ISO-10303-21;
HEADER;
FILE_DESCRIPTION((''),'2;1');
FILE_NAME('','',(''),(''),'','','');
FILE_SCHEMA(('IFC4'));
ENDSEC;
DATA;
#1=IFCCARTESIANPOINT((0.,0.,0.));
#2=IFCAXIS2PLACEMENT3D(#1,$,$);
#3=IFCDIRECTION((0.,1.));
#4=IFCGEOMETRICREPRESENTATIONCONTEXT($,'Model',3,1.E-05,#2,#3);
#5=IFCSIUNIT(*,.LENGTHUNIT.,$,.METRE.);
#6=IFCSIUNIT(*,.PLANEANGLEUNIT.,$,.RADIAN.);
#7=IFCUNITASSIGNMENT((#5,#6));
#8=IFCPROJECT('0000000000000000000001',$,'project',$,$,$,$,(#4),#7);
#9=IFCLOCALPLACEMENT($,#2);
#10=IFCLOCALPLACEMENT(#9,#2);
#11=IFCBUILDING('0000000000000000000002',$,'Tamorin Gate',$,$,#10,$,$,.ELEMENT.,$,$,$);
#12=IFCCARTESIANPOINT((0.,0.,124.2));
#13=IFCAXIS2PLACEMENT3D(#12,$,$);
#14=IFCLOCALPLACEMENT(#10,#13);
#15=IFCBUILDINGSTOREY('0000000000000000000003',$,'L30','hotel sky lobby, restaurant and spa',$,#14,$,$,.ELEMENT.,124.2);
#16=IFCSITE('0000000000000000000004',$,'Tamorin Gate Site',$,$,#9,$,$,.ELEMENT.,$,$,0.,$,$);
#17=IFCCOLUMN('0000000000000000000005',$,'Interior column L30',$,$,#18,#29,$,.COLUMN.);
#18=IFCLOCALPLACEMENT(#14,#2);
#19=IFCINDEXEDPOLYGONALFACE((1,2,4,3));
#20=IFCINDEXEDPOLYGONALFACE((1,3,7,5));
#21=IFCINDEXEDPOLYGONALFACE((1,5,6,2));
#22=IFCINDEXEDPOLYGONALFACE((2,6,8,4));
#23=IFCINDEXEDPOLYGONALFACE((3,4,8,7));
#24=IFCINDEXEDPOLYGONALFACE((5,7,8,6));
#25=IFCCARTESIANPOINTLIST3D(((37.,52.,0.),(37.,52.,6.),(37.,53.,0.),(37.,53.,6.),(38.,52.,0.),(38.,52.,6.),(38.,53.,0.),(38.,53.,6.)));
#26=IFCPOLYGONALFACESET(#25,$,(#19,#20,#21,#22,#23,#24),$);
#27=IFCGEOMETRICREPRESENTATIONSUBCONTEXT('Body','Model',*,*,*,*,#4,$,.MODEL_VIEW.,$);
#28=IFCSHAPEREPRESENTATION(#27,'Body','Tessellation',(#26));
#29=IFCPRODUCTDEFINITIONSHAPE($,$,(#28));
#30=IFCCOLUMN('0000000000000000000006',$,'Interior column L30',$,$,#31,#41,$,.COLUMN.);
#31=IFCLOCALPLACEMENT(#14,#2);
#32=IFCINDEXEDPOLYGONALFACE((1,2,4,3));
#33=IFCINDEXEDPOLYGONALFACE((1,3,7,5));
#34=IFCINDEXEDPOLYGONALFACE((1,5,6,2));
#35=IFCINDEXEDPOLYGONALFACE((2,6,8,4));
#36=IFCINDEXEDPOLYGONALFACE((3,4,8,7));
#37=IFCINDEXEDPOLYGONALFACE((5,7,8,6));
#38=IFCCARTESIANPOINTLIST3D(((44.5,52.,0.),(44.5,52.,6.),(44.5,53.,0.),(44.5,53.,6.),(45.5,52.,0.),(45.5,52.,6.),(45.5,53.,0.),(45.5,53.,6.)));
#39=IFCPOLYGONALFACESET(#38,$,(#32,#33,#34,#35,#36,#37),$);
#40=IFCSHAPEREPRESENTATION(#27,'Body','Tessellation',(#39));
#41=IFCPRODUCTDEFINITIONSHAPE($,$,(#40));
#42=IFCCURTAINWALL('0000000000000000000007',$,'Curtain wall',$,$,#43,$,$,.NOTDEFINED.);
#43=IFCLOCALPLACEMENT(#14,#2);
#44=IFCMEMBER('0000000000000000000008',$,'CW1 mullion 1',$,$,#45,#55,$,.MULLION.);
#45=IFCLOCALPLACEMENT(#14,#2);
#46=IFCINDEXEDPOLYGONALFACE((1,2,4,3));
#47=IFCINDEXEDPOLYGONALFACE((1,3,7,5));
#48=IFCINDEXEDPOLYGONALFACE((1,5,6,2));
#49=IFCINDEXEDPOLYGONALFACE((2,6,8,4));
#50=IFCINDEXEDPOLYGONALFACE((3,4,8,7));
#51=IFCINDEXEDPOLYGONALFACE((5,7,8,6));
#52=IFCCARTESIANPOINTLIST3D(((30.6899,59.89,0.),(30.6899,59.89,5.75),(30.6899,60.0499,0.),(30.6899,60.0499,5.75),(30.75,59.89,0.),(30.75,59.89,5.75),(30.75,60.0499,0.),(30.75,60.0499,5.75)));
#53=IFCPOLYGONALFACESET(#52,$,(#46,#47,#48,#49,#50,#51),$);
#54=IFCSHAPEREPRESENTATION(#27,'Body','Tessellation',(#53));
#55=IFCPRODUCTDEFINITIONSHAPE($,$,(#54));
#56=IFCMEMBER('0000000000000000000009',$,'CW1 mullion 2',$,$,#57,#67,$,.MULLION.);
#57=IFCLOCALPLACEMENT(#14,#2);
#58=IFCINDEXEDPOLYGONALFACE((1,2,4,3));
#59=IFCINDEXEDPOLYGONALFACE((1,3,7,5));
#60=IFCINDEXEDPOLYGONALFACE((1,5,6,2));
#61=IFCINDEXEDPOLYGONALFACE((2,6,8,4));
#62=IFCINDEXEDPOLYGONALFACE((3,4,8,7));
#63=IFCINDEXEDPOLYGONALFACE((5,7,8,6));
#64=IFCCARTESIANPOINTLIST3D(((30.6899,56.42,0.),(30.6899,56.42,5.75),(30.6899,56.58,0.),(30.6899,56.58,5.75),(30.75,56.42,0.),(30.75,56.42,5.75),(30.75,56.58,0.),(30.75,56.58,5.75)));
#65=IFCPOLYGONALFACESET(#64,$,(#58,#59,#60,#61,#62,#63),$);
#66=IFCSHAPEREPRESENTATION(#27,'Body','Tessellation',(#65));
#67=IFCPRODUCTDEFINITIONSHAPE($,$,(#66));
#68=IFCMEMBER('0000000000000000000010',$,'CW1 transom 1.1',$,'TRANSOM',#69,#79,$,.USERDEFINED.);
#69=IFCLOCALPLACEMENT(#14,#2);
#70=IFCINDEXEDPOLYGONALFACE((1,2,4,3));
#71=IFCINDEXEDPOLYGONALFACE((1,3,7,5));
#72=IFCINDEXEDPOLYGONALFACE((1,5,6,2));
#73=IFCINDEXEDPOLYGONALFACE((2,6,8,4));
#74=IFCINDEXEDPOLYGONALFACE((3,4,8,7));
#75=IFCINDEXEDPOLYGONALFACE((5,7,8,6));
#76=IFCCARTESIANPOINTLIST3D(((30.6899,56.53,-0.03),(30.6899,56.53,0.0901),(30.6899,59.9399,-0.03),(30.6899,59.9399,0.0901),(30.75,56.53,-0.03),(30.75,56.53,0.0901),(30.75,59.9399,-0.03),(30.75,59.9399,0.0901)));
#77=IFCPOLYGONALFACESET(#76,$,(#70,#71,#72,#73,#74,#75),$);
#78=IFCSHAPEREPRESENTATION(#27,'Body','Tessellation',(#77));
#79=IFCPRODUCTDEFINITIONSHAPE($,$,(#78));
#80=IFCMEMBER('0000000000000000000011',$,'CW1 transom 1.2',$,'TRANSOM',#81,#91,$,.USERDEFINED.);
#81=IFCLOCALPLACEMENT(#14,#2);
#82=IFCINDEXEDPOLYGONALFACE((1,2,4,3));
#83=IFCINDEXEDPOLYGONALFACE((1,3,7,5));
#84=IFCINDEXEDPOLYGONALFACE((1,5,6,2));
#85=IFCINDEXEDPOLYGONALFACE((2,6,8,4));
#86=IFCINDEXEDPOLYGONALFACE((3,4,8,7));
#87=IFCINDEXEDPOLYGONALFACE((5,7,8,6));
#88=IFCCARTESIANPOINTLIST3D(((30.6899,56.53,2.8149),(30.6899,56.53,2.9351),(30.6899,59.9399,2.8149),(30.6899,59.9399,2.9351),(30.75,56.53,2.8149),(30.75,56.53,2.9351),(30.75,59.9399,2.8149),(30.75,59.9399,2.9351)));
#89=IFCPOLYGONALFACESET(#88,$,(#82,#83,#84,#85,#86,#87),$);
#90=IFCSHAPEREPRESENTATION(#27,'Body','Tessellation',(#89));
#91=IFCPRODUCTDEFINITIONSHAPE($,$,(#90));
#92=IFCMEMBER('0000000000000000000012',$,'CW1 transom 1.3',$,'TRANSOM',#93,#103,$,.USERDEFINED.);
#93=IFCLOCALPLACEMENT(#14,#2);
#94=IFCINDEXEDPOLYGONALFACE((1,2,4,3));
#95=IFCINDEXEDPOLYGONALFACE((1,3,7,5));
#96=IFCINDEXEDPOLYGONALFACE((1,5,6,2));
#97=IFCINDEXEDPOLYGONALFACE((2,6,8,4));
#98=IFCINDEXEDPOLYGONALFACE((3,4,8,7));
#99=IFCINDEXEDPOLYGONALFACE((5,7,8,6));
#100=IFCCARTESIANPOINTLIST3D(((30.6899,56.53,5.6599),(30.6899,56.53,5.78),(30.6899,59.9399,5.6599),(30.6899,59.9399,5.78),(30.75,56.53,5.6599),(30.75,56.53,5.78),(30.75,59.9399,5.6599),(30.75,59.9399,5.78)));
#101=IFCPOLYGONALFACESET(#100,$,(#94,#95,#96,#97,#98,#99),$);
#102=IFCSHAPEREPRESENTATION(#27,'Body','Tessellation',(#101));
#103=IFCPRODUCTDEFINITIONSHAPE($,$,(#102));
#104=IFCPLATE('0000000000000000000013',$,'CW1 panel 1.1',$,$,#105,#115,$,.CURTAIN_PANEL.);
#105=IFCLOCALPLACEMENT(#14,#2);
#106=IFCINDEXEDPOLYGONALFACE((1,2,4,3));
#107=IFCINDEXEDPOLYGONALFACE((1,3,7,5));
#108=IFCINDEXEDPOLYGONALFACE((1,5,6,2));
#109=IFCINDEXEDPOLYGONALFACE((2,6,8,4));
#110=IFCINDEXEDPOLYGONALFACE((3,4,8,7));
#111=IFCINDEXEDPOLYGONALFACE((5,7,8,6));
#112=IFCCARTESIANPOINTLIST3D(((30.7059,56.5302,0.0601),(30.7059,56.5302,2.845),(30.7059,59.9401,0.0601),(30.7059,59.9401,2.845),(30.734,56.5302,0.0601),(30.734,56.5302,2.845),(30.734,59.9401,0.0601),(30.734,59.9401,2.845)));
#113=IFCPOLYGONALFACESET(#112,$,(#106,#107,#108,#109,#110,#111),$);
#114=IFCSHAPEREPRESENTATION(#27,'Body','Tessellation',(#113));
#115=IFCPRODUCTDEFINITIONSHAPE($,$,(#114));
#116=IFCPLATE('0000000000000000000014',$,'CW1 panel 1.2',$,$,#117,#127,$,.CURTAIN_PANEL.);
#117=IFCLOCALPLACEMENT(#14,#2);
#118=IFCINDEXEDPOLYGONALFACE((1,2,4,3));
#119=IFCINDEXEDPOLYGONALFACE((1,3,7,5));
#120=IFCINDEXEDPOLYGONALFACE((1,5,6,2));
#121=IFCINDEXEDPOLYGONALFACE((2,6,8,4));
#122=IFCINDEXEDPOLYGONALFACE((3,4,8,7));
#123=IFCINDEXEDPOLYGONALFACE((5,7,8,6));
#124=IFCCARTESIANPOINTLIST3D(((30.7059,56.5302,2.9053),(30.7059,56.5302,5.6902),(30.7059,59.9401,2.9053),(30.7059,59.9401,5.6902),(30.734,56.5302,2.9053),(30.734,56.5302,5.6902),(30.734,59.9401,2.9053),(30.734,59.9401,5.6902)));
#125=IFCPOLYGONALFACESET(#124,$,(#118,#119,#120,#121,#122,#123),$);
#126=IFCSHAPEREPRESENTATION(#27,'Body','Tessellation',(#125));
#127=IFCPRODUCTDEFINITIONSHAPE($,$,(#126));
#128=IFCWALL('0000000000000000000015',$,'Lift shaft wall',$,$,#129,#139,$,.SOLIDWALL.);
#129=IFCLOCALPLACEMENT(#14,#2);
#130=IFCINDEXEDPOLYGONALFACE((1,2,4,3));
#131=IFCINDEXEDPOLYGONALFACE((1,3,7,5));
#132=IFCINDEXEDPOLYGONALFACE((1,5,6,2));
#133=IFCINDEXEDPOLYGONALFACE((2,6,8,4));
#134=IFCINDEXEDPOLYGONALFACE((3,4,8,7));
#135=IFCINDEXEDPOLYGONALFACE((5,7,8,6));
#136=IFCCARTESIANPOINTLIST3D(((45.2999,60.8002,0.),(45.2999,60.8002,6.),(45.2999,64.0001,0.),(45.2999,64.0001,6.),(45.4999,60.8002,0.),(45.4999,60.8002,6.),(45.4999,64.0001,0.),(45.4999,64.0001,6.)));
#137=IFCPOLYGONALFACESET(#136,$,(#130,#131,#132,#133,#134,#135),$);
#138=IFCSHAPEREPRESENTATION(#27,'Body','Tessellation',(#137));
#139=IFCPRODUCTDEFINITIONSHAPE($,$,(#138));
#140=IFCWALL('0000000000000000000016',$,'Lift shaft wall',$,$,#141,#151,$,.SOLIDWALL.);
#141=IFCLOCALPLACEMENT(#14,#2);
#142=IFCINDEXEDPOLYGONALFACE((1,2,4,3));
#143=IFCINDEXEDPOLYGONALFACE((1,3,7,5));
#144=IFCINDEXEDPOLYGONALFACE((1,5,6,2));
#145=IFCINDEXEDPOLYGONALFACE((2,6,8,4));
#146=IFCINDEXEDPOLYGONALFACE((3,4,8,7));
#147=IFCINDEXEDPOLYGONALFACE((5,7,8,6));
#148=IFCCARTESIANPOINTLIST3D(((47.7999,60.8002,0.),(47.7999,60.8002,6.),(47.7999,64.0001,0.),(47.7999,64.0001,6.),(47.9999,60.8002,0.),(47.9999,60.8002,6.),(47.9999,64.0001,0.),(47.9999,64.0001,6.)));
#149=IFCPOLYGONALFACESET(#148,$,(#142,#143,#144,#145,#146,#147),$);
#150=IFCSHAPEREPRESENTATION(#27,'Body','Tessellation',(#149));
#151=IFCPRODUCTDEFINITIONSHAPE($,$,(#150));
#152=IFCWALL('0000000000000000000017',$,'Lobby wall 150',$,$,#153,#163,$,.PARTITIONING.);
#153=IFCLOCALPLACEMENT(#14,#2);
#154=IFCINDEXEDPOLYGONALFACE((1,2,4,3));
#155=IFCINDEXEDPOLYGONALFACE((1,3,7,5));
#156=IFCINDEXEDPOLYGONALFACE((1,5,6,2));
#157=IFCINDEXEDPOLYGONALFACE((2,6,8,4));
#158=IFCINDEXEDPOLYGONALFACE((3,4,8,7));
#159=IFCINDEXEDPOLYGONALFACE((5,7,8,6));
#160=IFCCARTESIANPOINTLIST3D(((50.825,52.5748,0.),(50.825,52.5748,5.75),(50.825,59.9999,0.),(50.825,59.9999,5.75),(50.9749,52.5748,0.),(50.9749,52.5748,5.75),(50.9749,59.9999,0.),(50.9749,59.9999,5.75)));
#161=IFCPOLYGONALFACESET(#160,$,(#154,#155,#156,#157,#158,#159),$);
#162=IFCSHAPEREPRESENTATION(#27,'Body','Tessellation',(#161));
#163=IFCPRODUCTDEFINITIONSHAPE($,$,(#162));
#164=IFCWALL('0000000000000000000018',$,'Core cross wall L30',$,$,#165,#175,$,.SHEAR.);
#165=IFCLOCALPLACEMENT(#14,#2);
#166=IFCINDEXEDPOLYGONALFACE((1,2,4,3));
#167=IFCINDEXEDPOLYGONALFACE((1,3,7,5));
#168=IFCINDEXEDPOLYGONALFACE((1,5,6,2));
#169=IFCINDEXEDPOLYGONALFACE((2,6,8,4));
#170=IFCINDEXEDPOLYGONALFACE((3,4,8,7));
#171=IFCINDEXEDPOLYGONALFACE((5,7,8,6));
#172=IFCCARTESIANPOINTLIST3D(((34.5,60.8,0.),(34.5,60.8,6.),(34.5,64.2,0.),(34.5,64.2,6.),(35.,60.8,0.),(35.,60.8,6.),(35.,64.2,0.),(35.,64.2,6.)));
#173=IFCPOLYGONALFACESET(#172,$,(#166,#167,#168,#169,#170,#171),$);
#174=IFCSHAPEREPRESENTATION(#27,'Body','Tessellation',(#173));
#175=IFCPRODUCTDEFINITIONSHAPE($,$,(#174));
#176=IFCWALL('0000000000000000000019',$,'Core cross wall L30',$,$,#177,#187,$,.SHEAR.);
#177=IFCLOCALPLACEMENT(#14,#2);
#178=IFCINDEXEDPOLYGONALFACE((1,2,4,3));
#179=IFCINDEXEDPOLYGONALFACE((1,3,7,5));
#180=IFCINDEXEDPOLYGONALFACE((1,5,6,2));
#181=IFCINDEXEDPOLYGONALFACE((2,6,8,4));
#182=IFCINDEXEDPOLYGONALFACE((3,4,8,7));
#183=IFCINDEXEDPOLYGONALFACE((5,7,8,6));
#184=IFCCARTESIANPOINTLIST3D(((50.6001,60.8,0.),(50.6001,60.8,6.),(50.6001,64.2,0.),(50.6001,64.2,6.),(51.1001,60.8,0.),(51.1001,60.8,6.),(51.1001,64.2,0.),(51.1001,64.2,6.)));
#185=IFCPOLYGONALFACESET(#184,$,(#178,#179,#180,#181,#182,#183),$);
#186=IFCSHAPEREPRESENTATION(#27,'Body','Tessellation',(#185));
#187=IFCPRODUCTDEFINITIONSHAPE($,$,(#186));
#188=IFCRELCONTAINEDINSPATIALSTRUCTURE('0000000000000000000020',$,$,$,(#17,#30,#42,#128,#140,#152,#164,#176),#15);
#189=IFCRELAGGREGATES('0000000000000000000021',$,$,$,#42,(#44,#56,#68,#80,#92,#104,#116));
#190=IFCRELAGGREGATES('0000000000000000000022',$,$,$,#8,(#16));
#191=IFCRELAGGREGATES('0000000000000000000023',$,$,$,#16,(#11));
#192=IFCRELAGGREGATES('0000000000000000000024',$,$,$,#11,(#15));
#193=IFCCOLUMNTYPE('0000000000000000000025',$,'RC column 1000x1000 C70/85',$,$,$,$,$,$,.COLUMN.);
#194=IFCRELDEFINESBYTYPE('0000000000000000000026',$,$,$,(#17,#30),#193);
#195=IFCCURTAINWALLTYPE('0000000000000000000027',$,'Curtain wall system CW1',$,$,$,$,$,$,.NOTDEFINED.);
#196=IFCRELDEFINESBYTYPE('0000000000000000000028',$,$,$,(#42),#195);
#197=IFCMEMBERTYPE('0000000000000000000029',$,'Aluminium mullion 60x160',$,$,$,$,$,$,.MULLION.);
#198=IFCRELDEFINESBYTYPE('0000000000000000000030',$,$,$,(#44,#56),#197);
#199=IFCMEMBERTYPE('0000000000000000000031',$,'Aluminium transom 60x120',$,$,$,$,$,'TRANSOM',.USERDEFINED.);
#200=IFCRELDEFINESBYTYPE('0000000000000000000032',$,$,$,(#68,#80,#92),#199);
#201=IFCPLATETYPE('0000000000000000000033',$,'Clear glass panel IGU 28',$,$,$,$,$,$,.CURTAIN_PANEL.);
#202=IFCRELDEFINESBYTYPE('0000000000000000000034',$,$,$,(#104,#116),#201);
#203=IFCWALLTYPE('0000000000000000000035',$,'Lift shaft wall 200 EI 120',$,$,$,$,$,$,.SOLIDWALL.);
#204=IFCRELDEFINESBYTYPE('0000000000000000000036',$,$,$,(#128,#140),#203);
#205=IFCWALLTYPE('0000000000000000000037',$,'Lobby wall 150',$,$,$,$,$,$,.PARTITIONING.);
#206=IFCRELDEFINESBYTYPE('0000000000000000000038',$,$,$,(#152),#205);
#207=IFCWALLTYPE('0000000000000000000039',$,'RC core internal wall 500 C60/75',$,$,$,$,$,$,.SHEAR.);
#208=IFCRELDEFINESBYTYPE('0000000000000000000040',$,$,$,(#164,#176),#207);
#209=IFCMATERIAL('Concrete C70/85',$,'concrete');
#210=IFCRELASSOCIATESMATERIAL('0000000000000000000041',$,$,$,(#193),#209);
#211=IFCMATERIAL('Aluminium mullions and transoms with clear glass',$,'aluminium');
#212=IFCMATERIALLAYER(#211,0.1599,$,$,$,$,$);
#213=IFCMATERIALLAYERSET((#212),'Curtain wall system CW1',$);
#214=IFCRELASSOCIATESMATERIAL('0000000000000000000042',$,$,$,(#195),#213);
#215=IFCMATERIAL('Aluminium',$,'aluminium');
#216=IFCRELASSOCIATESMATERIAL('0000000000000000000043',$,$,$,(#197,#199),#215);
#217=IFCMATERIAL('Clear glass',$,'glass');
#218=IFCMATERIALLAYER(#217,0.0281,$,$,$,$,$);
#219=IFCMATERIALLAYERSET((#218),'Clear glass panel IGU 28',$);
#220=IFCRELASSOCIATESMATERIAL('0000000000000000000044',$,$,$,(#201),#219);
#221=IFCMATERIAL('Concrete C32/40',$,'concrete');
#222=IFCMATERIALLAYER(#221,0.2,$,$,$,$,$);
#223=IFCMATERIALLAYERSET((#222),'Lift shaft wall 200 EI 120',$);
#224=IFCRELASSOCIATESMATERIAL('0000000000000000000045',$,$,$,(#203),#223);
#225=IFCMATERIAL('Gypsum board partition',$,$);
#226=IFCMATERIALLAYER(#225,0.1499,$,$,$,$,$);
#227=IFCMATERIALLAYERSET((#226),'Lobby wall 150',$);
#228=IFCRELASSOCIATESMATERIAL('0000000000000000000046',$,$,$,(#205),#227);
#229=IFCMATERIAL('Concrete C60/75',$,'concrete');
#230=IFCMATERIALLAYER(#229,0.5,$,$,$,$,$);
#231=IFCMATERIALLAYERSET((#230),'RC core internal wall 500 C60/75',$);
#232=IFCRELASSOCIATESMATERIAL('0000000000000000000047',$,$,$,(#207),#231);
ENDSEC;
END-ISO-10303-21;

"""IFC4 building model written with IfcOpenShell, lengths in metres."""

from ifc_helpers import new_model, si_unit, direction, frame, frame_2d, origin, origin_2d, place, context, subcontext, project, spatial, rectangle, extrude, material, layer, layer_set, material_profile, profile_set, type_object, element, aggregate, save


model = new_model("IFC4")

# Units and contexts
model_context = context("Model", 3, precision=1e-05, world=origin(), true_north=direction((0.0, 1.0)))
body_context = subcontext(model_context, "Body", "Model", "MODEL_VIEW")
ifc_project = project(units=[si_unit("LENGTHUNIT", "METRE"), si_unit("PLANEANGLEUNIT", "RADIAN")], contexts=[model_context])

# Site, building, storey
site_placement = place(None, origin())
site = spatial("IfcSite", under=ifc_project, at=site_placement, Name="Tamorin Gate Site", CompositionType="ELEMENT", RefElevation=0.0)
building_placement = place(site_placement, origin())
building = spatial("IfcBuilding", under=site, at=building_placement, Name="Tamorin Gate", CompositionType="ELEMENT")
storey_placement = place(building_placement, frame((0.0, 0.0, 124.2)))
storey = spatial("IfcBuildingStorey", under=building, at=storey_placement, Name="L30", Description="hotel sky lobby, restaurant and spa", CompositionType="ELEMENT", Elevation=124.2)

# Columns
ifc_material_1 = material(Name="Concrete C70/85", Category="concrete")
ifc_material_profile_1 = material_profile(ifc_material_1, rectangle(XDim=1.0, YDim=1.0, at=origin_2d()), Name="RC 1000x1000")
ifc_profile_set_1 = profile_set([ifc_material_profile_1], Name="Concrete C70/85")
column_type = type_object("IfcColumnType", Name="RC column 1000x1000 C70/85", PredefinedType="COLUMN", material=ifc_profile_set_1)
for number, where, z_axis, x_axis, name in (
    (1, (37.5, 52.5, 0.0), (0.0, 0.0, 1.0), (1.0, 0.0, 0.0), "Interior column L30"),
    (2, (45.0, 52.5, 0.0), (0.0, 0.0, 1.0), (1.0, 0.0, 0.0), "Interior column L30"),
):
    element("IfcColumn", number, at=place(storey_placement, frame(where, z_axis=z_axis, x_axis=x_axis)), inside=storey, type_object=column_type, Name=name, PredefinedType="COLUMN", context=body_context, shape_type="SweptSolid", body=[
        extrude(rectangle(XDim=1.0, YDim=1.0, at=origin_2d()), origin(), (0.0, 0.0, 1.0), 6.0),
    ])

# Curtain wall, members, plates
ifc_material_2 = material(Name="Aluminium mullions and transoms with clear glass", Category="aluminium")
ifc_layer_1 = layer(ifc_material_2, 0.1599)
ifc_layer_set_1 = layer_set([ifc_layer_1], Name="Curtain wall system CW1")
curtain_wall_type = type_object("IfcCurtainWallType", Name="Curtain wall system CW1", PredefinedType="NOTDEFINED", material=ifc_layer_set_1)
curtain_wall_placement = place(storey_placement, origin())
curtain_wall = element("IfcCurtainWall", 3, at=curtain_wall_placement, inside=storey, type_object=curtain_wall_type, Name="Curtain wall", PredefinedType="NOTDEFINED")
ifc_material_3 = material(Name="Aluminium", Category="aluminium")
ifc_material_profile_2 = material_profile(ifc_material_3, rectangle(XDim=0.0601, YDim=0.1599, at=origin_2d()), Name="RECT 60x160")
ifc_profile_set_2 = profile_set([ifc_material_profile_2], Name="Aluminium")
member_type_1 = type_object("IfcMemberType", Name="Aluminium mullion 60x160", PredefinedType="MULLION", material=ifc_profile_set_2)
member_1_placement = place(storey_placement, frame((30.72, 59.97, 0.0), z_axis=(0.0, 0.0, 1.0), x_axis=(1.0, 0.0, 0.0)))
member_1 = element("IfcMember", 4, at=member_1_placement, type_object=member_type_1, Name="CW1 mullion 1", PredefinedType="MULLION", context=body_context, shape_type="SweptSolid", body=[
    extrude(rectangle(XDim=0.0601, YDim=0.1599, at=origin_2d()), origin(), (0.0, 0.0, 1.0), 5.75),
])
member_2_placement = place(storey_placement, frame((30.72, 56.5, 0.0), z_axis=(0.0, 0.0, 1.0), x_axis=(1.0, 0.0, 0.0)))
member_2 = element("IfcMember", 5, at=member_2_placement, type_object=member_type_1, Name="CW1 mullion 2", PredefinedType="MULLION", context=body_context, shape_type="SweptSolid", body=[
    extrude(rectangle(XDim=0.0601, YDim=0.1599, at=origin_2d()), origin(), (0.0, 0.0, 1.0), 5.75),
])
ifc_material_profile_3 = material_profile(ifc_material_3, rectangle(XDim=0.0601, YDim=0.1201, at=origin_2d()), Name="RECT 60x120")
ifc_profile_set_3 = profile_set([ifc_material_profile_3], Name="Aluminium")
member_type_2 = type_object("IfcMemberType", Name="Aluminium transom 60x120", ElementType="TRANSOM", PredefinedType="USERDEFINED", material=ifc_profile_set_3)
member_3_placement = place(storey_placement, frame((30.72, 59.9399, 0.03), z_axis=(0.0, -1.0, 0.0), x_axis=(1.0, 0.0, 0.0)))
member_3 = element("IfcMember", 6, at=member_3_placement, type_object=member_type_2, Name="CW1 transom 1.1", ObjectType="TRANSOM", PredefinedType="USERDEFINED", context=body_context, shape_type="SweptSolid", body=[
    extrude(rectangle(XDim=0.0601, YDim=0.1201, at=origin_2d()), origin(), (0.0, 0.0, 1.0), 3.4099),
])
member_4_placement = place(storey_placement, frame((30.72, 59.9399, 2.875), z_axis=(0.0, -1.0, 0.0), x_axis=(1.0, 0.0, 0.0)))
member_4 = element("IfcMember", 7, at=member_4_placement, type_object=member_type_2, Name="CW1 transom 1.2", ObjectType="TRANSOM", PredefinedType="USERDEFINED", context=body_context, shape_type="SweptSolid", body=[
    extrude(rectangle(XDim=0.0601, YDim=0.1201, at=origin_2d()), origin(), (0.0, 0.0, 1.0), 3.4099),
])
member_5_placement = place(storey_placement, frame((30.72, 59.9399, 5.72), z_axis=(0.0, -1.0, 0.0), x_axis=(1.0, 0.0, 0.0)))
member_5 = element("IfcMember", 8, at=member_5_placement, type_object=member_type_2, Name="CW1 transom 1.3", ObjectType="TRANSOM", PredefinedType="USERDEFINED", context=body_context, shape_type="SweptSolid", body=[
    extrude(rectangle(XDim=0.0601, YDim=0.1201, at=origin_2d()), origin(), (0.0, 0.0, 1.0), 3.4099),
])
ifc_material_4 = material(Name="Clear glass", Category="glass")
ifc_layer_2 = layer(ifc_material_4, 0.0281)
ifc_layer_set_2 = layer_set([ifc_layer_2], Name="Clear glass panel IGU 28")
plate_type = type_object("IfcPlateType", Name="Clear glass panel IGU 28", PredefinedType="CURTAIN_PANEL", material=ifc_layer_set_2)
plate_1_placement = place(storey_placement, frame((30.72, 58.2351, 0.0601), z_axis=(0.0, 0.0, 1.0), x_axis=(0.0, -1.0, 0.0)))
plate_1 = element("IfcPlate", 9, at=plate_1_placement, type_object=plate_type, Name="CW1 panel 1.1", PredefinedType="CURTAIN_PANEL", context=body_context, shape_type="SweptSolid", body=[
    extrude(rectangle(XDim=3.4099, YDim=0.0281, at=origin_2d()), origin(), (0.0, 0.0, 1.0), 2.7849),
])
plate_2_placement = place(storey_placement, frame((30.72, 58.2351, 2.9053), z_axis=(0.0, 0.0, 1.0), x_axis=(0.0, -1.0, 0.0)))
plate_2 = element("IfcPlate", 10, at=plate_2_placement, type_object=plate_type, Name="CW1 panel 1.2", PredefinedType="CURTAIN_PANEL", context=body_context, shape_type="SweptSolid", body=[
    extrude(rectangle(XDim=3.4099, YDim=0.0281, at=origin_2d()), origin(), (0.0, 0.0, 1.0), 2.7849),
])
aggregate(curtain_wall, [member_1, member_2, member_3, member_4, member_5, plate_1, plate_2])

# Walls
ifc_material_5 = material(Name="Concrete C32/40", Category="concrete")
ifc_layer_3 = layer(ifc_material_5, 0.2)
ifc_layer_set_3 = layer_set([ifc_layer_3], Name="Lift shaft wall 200 EI 120")
wall_type_1 = type_object("IfcWallType", Name="Lift shaft wall 200 EI 120", PredefinedType="SOLIDWALL", material=ifc_layer_set_3)
for number, where, z_axis, x_axis, name in (
    (11, (45.3999, 60.8, 0.0), (0.0, 0.0, 1.0), (0.0, 1.0, 0.0), "Lift shaft wall"),
    (12, (47.8999, 60.8, 0.0), (0.0, 0.0, 1.0), (0.0, 1.0, 0.0), "Lift shaft wall"),
):
    element("IfcWall", number, at=place(storey_placement, frame(where, z_axis=z_axis, x_axis=x_axis)), inside=storey, type_object=wall_type_1, Name=name, PredefinedType="SOLIDWALL", context=body_context, shape_type="SweptSolid", body=[
        extrude(rectangle(XDim=3.2, YDim=0.2, at=frame_2d((1.6001, 0.0))), origin(), (0.0, 0.0, 1.0), 6.0),
    ])
ifc_material_6 = material(Name="Gypsum board partition")
ifc_layer_4 = layer(ifc_material_6, 0.1499)
ifc_layer_set_4 = layer_set([ifc_layer_4], Name="Lobby wall 150")
wall_type_2 = type_object("IfcWallType", Name="Lobby wall 150", PredefinedType="PARTITIONING", material=ifc_layer_set_4)
wall_1_placement = place(storey_placement, frame((50.8999, 52.575, 0.0), z_axis=(0.0, 0.0, 1.0), x_axis=(0.0, 1.0, 0.0)))
element("IfcWall", 13, at=wall_1_placement, inside=storey, type_object=wall_type_2, Name="Lobby wall 150", PredefinedType="PARTITIONING", context=body_context, shape_type="SweptSolid", body=[
    extrude(rectangle(XDim=7.425, YDim=0.1499, at=frame_2d((3.7124, 0.0))), origin(), (0.0, 0.0, 1.0), 5.75),
])
ifc_material_7 = material(Name="Concrete C60/75", Category="concrete")
ifc_layer_5 = layer(ifc_material_7, 0.5)
ifc_layer_set_5 = layer_set([ifc_layer_5], Name="RC core internal wall 500 C60/75")
wall_type_3 = type_object("IfcWallType", Name="RC core internal wall 500 C60/75", PredefinedType="SHEAR", material=ifc_layer_set_5)
for number, where, z_axis, x_axis, name in (
    (14, (34.75, 60.8, 0.0), (0.0, 0.0, 1.0), (0.0, 1.0, 0.0), "Core cross wall L30"),
    (15, (50.8501, 60.8, 0.0), (0.0, 0.0, 1.0), (0.0, 1.0, 0.0), "Core cross wall L30"),
):
    element("IfcWall", number, at=place(storey_placement, frame(where, z_axis=z_axis, x_axis=x_axis)), inside=storey, type_object=wall_type_3, Name=name, PredefinedType="SHEAR", context=body_context, shape_type="SweptSolid", body=[
        extrude(rectangle(XDim=3.3999, YDim=0.5, at=frame_2d((1.7, 0.0))), origin(), (0.0, 0.0, 1.0), 6.0),
    ])

save(model, "model.ifc")
